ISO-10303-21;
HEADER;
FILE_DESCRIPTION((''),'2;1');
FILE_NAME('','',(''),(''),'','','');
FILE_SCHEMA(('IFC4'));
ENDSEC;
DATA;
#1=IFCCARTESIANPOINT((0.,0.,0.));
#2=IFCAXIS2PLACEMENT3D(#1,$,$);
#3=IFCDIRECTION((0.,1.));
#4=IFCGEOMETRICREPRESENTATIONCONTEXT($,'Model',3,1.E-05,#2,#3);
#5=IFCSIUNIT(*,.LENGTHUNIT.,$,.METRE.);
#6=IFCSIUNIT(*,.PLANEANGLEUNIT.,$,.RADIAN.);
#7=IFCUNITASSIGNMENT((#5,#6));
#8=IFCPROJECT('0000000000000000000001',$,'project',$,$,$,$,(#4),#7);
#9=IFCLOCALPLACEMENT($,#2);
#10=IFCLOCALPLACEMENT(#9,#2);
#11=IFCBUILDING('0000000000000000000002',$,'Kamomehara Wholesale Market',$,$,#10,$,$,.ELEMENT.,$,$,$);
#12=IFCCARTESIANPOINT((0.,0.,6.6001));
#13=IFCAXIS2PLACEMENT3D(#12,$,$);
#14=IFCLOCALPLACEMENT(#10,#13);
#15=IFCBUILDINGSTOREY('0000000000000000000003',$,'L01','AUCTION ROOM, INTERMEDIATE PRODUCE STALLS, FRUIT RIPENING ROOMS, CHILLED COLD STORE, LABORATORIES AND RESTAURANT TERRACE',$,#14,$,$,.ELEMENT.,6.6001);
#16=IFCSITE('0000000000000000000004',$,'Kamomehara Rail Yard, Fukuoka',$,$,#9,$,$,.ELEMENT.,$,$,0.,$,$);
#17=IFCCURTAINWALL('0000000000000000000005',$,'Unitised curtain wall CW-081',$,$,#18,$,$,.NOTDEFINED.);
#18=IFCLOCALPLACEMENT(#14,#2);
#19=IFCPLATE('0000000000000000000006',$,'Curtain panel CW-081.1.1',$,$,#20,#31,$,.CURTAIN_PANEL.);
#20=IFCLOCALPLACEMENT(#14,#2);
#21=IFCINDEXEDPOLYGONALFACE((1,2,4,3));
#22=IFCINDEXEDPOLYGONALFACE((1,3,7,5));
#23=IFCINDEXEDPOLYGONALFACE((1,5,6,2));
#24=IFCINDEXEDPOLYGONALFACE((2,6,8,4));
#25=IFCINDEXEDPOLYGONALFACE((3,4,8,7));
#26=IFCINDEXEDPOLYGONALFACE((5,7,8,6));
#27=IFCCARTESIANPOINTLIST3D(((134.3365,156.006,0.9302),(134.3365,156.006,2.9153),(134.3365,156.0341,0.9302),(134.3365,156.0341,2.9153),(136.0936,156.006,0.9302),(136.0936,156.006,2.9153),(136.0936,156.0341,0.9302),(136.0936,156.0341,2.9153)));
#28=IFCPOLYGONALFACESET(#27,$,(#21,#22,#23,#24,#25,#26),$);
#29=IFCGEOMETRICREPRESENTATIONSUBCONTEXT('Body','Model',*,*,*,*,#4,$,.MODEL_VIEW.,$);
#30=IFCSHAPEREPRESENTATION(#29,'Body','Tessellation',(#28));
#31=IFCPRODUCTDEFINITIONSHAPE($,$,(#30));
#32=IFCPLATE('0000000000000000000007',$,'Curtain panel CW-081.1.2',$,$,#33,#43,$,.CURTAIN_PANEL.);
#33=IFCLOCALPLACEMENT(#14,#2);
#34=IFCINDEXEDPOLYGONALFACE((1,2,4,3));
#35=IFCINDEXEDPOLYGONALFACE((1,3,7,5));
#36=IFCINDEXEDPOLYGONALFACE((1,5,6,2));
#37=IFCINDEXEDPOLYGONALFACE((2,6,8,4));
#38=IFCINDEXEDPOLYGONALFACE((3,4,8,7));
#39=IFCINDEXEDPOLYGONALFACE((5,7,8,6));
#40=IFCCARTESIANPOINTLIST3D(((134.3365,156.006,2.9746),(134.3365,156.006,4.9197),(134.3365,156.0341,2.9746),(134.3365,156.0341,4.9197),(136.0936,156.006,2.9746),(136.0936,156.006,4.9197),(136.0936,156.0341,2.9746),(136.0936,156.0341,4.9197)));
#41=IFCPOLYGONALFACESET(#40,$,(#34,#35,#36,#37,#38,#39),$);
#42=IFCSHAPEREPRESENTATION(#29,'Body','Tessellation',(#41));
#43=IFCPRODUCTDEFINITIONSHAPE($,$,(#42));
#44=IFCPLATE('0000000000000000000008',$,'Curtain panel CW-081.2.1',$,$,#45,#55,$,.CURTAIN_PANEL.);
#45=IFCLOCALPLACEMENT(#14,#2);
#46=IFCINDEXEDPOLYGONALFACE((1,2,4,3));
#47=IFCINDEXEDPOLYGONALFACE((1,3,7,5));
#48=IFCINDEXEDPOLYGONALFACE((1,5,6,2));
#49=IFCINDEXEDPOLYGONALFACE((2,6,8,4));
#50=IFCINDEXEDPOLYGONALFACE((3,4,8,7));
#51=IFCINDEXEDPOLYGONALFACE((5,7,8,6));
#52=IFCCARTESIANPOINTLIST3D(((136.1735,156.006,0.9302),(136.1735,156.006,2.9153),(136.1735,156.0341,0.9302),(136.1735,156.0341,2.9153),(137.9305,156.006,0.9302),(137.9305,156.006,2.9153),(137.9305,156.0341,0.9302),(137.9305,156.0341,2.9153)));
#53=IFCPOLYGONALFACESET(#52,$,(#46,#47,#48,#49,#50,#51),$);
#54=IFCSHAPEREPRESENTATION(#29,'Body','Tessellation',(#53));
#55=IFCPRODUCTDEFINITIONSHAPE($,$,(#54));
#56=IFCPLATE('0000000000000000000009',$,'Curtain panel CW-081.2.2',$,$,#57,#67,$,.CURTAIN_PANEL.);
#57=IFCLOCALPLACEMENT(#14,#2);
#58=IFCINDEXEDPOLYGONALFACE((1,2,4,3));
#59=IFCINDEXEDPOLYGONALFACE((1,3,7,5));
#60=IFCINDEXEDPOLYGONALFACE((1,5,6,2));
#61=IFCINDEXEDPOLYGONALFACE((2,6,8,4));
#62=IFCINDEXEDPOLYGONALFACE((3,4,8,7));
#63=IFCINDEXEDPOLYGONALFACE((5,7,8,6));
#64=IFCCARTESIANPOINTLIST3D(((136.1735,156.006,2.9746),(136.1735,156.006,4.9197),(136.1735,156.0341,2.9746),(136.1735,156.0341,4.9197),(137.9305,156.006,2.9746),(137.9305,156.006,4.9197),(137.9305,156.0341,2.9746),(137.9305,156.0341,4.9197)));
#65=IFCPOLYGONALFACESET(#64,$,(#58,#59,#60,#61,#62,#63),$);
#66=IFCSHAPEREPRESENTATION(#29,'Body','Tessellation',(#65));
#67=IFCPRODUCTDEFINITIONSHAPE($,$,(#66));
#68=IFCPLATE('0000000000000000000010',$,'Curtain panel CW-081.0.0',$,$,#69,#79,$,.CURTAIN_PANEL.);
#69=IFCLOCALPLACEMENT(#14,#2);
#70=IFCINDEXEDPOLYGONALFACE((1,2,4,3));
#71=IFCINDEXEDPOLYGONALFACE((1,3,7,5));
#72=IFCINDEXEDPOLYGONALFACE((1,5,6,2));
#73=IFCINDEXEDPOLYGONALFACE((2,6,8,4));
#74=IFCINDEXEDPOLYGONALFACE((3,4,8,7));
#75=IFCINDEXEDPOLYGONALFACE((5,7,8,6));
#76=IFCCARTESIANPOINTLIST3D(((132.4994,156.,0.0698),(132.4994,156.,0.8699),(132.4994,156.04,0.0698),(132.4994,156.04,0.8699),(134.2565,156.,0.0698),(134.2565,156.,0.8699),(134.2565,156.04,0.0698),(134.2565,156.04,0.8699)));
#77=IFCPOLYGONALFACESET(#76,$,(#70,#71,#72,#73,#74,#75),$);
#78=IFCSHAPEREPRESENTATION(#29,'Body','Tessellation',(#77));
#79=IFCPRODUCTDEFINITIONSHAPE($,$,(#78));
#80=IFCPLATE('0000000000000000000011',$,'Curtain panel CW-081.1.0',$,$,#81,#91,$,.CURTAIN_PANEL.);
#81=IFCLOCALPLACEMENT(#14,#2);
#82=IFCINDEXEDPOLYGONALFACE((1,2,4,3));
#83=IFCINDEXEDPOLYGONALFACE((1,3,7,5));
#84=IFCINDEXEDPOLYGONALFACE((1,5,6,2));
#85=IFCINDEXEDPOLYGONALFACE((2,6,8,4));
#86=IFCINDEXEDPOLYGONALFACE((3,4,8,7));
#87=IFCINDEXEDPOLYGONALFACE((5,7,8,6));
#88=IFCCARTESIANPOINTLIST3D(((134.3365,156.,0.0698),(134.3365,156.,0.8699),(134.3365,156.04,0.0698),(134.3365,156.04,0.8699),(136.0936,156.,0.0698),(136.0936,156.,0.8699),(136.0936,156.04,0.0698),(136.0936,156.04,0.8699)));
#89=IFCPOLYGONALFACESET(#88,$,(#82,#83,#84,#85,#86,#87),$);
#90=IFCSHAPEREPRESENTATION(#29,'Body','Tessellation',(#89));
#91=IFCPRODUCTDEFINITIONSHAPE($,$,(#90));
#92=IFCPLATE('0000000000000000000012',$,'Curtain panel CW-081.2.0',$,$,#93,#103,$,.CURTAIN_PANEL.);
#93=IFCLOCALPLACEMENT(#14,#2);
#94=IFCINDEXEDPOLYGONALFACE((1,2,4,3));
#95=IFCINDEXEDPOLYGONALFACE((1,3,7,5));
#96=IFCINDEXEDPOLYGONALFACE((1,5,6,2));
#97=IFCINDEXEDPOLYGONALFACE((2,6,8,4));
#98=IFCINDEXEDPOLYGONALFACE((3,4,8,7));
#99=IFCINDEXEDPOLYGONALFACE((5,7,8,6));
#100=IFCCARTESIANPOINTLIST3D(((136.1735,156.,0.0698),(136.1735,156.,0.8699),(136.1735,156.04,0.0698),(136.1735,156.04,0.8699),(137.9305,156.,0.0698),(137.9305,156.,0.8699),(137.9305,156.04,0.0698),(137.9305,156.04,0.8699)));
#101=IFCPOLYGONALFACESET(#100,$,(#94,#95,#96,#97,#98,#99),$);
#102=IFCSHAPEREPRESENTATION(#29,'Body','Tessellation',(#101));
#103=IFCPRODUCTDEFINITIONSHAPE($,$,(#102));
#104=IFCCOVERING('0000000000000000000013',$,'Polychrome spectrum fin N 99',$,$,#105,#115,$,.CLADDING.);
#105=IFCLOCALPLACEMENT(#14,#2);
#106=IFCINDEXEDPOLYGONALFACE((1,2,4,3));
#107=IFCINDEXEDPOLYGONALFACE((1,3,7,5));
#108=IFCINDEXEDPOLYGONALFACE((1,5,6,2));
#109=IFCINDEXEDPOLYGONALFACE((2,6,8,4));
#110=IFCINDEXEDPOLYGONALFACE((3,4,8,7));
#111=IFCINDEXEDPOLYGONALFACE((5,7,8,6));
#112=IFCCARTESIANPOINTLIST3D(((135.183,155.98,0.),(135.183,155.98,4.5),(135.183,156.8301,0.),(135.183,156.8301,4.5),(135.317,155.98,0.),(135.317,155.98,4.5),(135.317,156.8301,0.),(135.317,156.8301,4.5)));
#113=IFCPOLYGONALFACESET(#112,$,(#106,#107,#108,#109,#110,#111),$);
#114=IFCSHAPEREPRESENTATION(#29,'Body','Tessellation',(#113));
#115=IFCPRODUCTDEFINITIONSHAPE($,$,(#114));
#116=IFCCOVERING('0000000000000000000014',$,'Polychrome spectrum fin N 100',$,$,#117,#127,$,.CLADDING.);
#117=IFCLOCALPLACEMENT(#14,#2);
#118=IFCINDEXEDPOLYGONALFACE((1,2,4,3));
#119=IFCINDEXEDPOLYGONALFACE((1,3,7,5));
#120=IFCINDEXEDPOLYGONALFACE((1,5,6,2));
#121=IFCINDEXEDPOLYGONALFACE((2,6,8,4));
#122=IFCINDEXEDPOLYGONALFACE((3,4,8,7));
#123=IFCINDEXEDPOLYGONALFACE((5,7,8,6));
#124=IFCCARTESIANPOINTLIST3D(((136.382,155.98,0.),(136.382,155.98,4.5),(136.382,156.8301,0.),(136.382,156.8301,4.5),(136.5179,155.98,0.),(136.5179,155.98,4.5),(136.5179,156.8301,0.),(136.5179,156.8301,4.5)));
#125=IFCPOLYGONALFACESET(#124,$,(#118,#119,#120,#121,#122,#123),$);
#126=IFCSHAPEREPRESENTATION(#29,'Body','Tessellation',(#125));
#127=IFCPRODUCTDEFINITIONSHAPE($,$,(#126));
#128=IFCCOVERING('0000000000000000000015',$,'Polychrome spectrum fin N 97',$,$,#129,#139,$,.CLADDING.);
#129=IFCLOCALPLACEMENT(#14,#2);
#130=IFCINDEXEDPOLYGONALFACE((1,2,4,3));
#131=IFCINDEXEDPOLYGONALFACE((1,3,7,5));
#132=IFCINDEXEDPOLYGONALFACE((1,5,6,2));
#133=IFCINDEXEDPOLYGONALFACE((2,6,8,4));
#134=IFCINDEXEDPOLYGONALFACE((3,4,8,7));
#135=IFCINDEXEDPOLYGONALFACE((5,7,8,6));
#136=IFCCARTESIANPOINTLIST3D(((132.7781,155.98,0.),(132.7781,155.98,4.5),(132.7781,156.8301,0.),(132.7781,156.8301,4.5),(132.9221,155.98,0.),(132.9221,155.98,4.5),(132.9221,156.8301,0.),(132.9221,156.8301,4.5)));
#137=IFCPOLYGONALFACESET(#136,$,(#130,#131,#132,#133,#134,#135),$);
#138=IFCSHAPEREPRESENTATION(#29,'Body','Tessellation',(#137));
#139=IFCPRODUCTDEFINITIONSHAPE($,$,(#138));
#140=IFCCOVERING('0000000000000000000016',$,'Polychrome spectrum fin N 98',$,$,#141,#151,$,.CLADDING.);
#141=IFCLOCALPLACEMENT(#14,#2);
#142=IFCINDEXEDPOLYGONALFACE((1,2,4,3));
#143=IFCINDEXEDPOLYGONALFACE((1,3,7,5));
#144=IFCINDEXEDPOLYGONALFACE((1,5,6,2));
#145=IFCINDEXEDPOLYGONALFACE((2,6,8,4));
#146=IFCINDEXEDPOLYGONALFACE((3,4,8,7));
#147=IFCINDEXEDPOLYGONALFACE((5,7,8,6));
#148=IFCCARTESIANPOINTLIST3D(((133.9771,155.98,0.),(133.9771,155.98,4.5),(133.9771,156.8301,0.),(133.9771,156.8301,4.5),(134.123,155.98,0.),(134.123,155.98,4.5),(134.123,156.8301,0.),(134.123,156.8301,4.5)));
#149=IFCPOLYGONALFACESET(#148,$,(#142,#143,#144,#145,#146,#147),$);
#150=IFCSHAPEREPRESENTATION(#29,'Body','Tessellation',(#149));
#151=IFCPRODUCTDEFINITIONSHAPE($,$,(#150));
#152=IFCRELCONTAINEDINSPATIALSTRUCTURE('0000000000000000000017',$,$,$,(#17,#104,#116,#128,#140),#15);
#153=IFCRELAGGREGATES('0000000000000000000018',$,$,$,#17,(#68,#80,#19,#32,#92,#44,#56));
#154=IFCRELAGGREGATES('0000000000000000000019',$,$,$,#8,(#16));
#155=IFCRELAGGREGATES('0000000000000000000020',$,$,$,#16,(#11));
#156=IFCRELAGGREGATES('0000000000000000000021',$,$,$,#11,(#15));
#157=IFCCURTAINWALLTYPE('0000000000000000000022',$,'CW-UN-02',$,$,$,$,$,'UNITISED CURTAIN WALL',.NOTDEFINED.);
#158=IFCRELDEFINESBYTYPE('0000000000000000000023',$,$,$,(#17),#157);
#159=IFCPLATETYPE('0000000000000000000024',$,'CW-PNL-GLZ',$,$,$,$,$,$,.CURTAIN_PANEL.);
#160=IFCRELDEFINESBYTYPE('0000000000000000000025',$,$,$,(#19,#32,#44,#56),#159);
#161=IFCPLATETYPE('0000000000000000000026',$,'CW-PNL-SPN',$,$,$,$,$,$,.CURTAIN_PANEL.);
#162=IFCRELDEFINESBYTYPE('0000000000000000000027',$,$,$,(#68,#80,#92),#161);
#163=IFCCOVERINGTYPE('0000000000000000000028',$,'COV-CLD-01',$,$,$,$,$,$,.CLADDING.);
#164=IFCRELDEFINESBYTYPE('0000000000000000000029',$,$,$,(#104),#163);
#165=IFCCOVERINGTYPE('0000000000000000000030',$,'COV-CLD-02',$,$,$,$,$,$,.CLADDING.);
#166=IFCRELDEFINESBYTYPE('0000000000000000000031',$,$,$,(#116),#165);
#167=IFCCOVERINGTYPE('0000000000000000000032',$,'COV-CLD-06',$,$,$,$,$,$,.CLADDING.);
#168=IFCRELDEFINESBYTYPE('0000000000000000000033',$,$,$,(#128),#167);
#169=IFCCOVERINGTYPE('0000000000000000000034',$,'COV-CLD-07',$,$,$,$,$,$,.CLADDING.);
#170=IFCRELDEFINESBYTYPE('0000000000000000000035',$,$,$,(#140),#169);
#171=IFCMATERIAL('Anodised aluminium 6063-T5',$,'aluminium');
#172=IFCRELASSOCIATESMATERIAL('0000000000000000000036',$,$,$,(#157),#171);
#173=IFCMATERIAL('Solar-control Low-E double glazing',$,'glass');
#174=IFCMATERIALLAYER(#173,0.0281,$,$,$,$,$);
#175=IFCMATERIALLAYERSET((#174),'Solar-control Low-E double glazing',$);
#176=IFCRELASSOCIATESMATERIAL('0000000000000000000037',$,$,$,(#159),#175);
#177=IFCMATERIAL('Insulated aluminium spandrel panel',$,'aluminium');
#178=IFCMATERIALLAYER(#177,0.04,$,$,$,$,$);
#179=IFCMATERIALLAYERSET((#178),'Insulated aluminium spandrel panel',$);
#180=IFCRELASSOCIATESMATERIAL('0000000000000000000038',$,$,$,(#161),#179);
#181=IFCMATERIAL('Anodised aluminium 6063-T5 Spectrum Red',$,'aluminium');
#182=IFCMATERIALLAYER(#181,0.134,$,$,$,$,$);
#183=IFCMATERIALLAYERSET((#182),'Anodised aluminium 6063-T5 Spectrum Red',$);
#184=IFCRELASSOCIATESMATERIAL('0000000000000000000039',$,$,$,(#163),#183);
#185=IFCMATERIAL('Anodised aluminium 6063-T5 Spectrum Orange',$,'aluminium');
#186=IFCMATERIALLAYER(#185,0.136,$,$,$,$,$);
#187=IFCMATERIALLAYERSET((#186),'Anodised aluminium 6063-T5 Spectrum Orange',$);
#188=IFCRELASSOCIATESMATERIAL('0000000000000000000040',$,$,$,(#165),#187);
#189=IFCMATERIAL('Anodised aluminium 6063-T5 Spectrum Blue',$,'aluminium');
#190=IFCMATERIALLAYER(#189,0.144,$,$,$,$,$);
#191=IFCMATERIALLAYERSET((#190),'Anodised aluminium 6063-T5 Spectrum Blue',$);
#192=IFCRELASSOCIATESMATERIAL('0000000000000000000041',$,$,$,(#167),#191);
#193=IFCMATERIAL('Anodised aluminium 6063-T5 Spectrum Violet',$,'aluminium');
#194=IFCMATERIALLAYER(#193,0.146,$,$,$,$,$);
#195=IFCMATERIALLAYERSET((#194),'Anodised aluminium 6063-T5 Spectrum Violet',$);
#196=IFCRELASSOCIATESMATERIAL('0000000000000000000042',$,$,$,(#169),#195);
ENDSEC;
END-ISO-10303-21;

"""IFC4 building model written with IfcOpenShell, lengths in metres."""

from ifc_helpers import new_model, si_unit, direction, frame, origin, origin_2d, place, context, subcontext, project, spatial, rectangle, extrude, material, layer, layer_set, type_object, element, aggregate, save


model = new_model("IFC4")

# Units and contexts
model_context = context("Model", 3, precision=1e-05, world=origin(), true_north=direction((0.0, 1.0)))
body_context = subcontext(model_context, "Body", "Model", "MODEL_VIEW")
ifc_project = project(units=[si_unit("LENGTHUNIT", "METRE"), si_unit("PLANEANGLEUNIT", "RADIAN")], contexts=[model_context])

# Site, building, storey
site_placement = place(None, origin())
site = spatial("IfcSite", under=ifc_project, at=site_placement, Name="Kamomehara Rail Yard, Fukuoka", CompositionType="ELEMENT", RefElevation=0.0)
building_placement = place(site_placement, origin())
building = spatial("IfcBuilding", under=site, at=building_placement, Name="Kamomehara Wholesale Market", CompositionType="ELEMENT")
storey_placement = place(building_placement, frame((0.0, 0.0, 6.6001)))
storey = spatial("IfcBuildingStorey", under=building, at=storey_placement, Name="L01", Description="AUCTION ROOM, INTERMEDIATE PRODUCE STALLS, FRUIT RIPENING ROOMS, CHILLED COLD STORE, LABORATORIES AND RESTAURANT TERRACE", CompositionType="ELEMENT", Elevation=6.6001)

# Curtain wall
ifc_material_1 = material(Name="Anodised aluminium 6063-T5", Category="aluminium")
curtain_wall_type = type_object("IfcCurtainWallType", Name="CW-UN-02", ElementType="UNITISED CURTAIN WALL", PredefinedType="NOTDEFINED", material=ifc_material_1)
curtain_wall_1_placement = place(storey_placement, origin())
curtain_wall_1 = element("IfcCurtainWall", 1, at=curtain_wall_1_placement, inside=storey, type_object=curtain_wall_type, Name="Unitised curtain wall CW-081", PredefinedType="NOTDEFINED")

# Plates
ifc_material_2 = material(Name="Solar-control Low-E double glazing", Category="glass")
ifc_layer_1 = layer(ifc_material_2, 0.0281)
ifc_layer_set_1 = layer_set([ifc_layer_1], Name="Solar-control Low-E double glazing")
plate_type_1 = type_object("IfcPlateType", Name="CW-PNL-GLZ", PredefinedType="CURTAIN_PANEL", material=ifc_layer_set_1)
plate_1_placement = place(storey_placement, frame((135.2151, 156.02, 0.9302), z_axis=(0.0, 0.0, 1.0), x_axis=(1.0, 0.0, 0.0)))
plate_1 = element("IfcPlate", 2, at=plate_1_placement, type_object=plate_type_1, Name="Curtain panel CW-081.1.1", PredefinedType="CURTAIN_PANEL", context=body_context, shape_type="SweptSolid", body=[
    extrude(rectangle(XDim=1.7571, YDim=0.0281, at=origin_2d()), origin(), (0.0, 0.0, 1.0), 1.9851),
])
plate_2_placement = place(storey_placement, frame((135.2151, 156.02, 2.9746), z_axis=(0.0, 0.0, 1.0), x_axis=(1.0, 0.0, 0.0)))
plate_2 = element("IfcPlate", 3, at=plate_2_placement, type_object=plate_type_1, Name="Curtain panel CW-081.1.2", PredefinedType="CURTAIN_PANEL", context=body_context, shape_type="SweptSolid", body=[
    extrude(rectangle(XDim=1.7571, YDim=0.0281, at=origin_2d()), origin(), (0.0, 0.0, 1.0), 1.9451),
])
plate_3_placement = place(storey_placement, frame((137.052, 156.02, 0.9302), z_axis=(0.0, 0.0, 1.0), x_axis=(1.0, 0.0, 0.0)))
plate_3 = element("IfcPlate", 4, at=plate_3_placement, type_object=plate_type_1, Name="Curtain panel CW-081.2.1", PredefinedType="CURTAIN_PANEL", context=body_context, shape_type="SweptSolid", body=[
    extrude(rectangle(XDim=1.7571, YDim=0.0281, at=origin_2d()), origin(), (0.0, 0.0, 1.0), 1.9851),
])
plate_4_placement = place(storey_placement, frame((137.052, 156.02, 2.9746), z_axis=(0.0, 0.0, 1.0), x_axis=(1.0, 0.0, 0.0)))
plate_4 = element("IfcPlate", 5, at=plate_4_placement, type_object=plate_type_1, Name="Curtain panel CW-081.2.2", PredefinedType="CURTAIN_PANEL", context=body_context, shape_type="SweptSolid", body=[
    extrude(rectangle(XDim=1.7571, YDim=0.0281, at=origin_2d()), origin(), (0.0, 0.0, 1.0), 1.9451),
])
ifc_material_3 = material(Name="Insulated aluminium spandrel panel", Category="aluminium")
ifc_layer_2 = layer(ifc_material_3, 0.04)
ifc_layer_set_2 = layer_set([ifc_layer_2], Name="Insulated aluminium spandrel panel")
plate_type_2 = type_object("IfcPlateType", Name="CW-PNL-SPN", PredefinedType="CURTAIN_PANEL", material=ifc_layer_set_2)
plate_5_placement = place(storey_placement, frame((133.3779, 156.02, 0.0698), z_axis=(0.0, 0.0, 1.0), x_axis=(1.0, 0.0, 0.0)))
plate_5 = element("IfcPlate", 6, at=plate_5_placement, type_object=plate_type_2, Name="Curtain panel CW-081.0.0", PredefinedType="CURTAIN_PANEL", context=body_context, shape_type="SweptSolid", body=[
    extrude(rectangle(XDim=1.7571, YDim=0.04, at=origin_2d()), origin(), (0.0, 0.0, 1.0), 0.8),
])
plate_6_placement = place(storey_placement, frame((135.2151, 156.02, 0.0698), z_axis=(0.0, 0.0, 1.0), x_axis=(1.0, 0.0, 0.0)))
plate_6 = element("IfcPlate", 7, at=plate_6_placement, type_object=plate_type_2, Name="Curtain panel CW-081.1.0", PredefinedType="CURTAIN_PANEL", context=body_context, shape_type="SweptSolid", body=[
    extrude(rectangle(XDim=1.7571, YDim=0.04, at=origin_2d()), origin(), (0.0, 0.0, 1.0), 0.8),
])
plate_7_placement = place(storey_placement, frame((137.052, 156.02, 0.0698), z_axis=(0.0, 0.0, 1.0), x_axis=(1.0, 0.0, 0.0)))
plate_7 = element("IfcPlate", 8, at=plate_7_placement, type_object=plate_type_2, Name="Curtain panel CW-081.2.0", PredefinedType="CURTAIN_PANEL", context=body_context, shape_type="SweptSolid", body=[
    extrude(rectangle(XDim=1.7571, YDim=0.04, at=origin_2d()), origin(), (0.0, 0.0, 1.0), 0.8),
])
aggregate(curtain_wall_1, [plate_5, plate_6, plate_1, plate_2, plate_7, plate_3, plate_4])

# Coverings
ifc_material_4 = material(Name="Anodised aluminium 6063-T5 Spectrum Red", Category="aluminium")
ifc_layer_3 = layer(ifc_material_4, 0.134)
ifc_layer_set_3 = layer_set([ifc_layer_3], Name="Anodised aluminium 6063-T5 Spectrum Red")
covering_type_1 = type_object("IfcCoveringType", Name="COV-CLD-01", PredefinedType="CLADDING", material=ifc_layer_set_3)
covering_1_placement = place(storey_placement, frame((135.25, 156.405, 0.0), z_axis=(0.0, 0.0, 1.0), x_axis=(1.0, 0.0, 0.0)))
element("IfcCovering", 9, at=covering_1_placement, inside=storey, type_object=covering_type_1, Name="Polychrome spectrum fin N 99", PredefinedType="CLADDING", context=body_context, shape_type="SweptSolid", body=[
    extrude(rectangle(XDim=0.134, YDim=0.8501, at=origin_2d()), origin(), (0.0, 0.0, 1.0), 4.5),
])
ifc_material_5 = material(Name="Anodised aluminium 6063-T5 Spectrum Orange", Category="aluminium")
ifc_layer_4 = layer(ifc_material_5, 0.136)
ifc_layer_set_4 = layer_set([ifc_layer_4], Name="Anodised aluminium 6063-T5 Spectrum Orange")
covering_type_2 = type_object("IfcCoveringType", Name="COV-CLD-02", PredefinedType="CLADDING", material=ifc_layer_set_4)
covering_2_placement = place(storey_placement, frame((136.45, 156.405, 0.0), z_axis=(0.0, 0.0, 1.0), x_axis=(1.0, 0.0, 0.0)))
element("IfcCovering", 10, at=covering_2_placement, inside=storey, type_object=covering_type_2, Name="Polychrome spectrum fin N 100", PredefinedType="CLADDING", context=body_context, shape_type="SweptSolid", body=[
    extrude(rectangle(XDim=0.136, YDim=0.8501, at=origin_2d()), origin(), (0.0, 0.0, 1.0), 4.5),
])
ifc_material_6 = material(Name="Anodised aluminium 6063-T5 Spectrum Blue", Category="aluminium")
ifc_layer_5 = layer(ifc_material_6, 0.144)
ifc_layer_set_5 = layer_set([ifc_layer_5], Name="Anodised aluminium 6063-T5 Spectrum Blue")
covering_type_3 = type_object("IfcCoveringType", Name="COV-CLD-06", PredefinedType="CLADDING", material=ifc_layer_set_5)
covering_3_placement = place(storey_placement, frame((132.8501, 156.405, 0.0), z_axis=(0.0, 0.0, 1.0), x_axis=(1.0, 0.0, 0.0)))
element("IfcCovering", 11, at=covering_3_placement, inside=storey, type_object=covering_type_3, Name="Polychrome spectrum fin N 97", PredefinedType="CLADDING", context=body_context, shape_type="SweptSolid", body=[
    extrude(rectangle(XDim=0.144, YDim=0.8501, at=origin_2d()), origin(), (0.0, 0.0, 1.0), 4.5),
])
ifc_material_7 = material(Name="Anodised aluminium 6063-T5 Spectrum Violet", Category="aluminium")
ifc_layer_6 = layer(ifc_material_7, 0.146)
ifc_layer_set_6 = layer_set([ifc_layer_6], Name="Anodised aluminium 6063-T5 Spectrum Violet")
covering_type_4 = type_object("IfcCoveringType", Name="COV-CLD-07", PredefinedType="CLADDING", material=ifc_layer_set_6)
covering_4_placement = place(storey_placement, frame((134.05, 156.405, 0.0), z_axis=(0.0, 0.0, 1.0), x_axis=(1.0, 0.0, 0.0)))
element("IfcCovering", 12, at=covering_4_placement, inside=storey, type_object=covering_type_4, Name="Polychrome spectrum fin N 98", PredefinedType="CLADDING", context=body_context, shape_type="SweptSolid", body=[
    extrude(rectangle(XDim=0.146, YDim=0.8501, at=origin_2d()), origin(), (0.0, 0.0, 1.0), 4.5),
])

save(model, "model.ifc")
